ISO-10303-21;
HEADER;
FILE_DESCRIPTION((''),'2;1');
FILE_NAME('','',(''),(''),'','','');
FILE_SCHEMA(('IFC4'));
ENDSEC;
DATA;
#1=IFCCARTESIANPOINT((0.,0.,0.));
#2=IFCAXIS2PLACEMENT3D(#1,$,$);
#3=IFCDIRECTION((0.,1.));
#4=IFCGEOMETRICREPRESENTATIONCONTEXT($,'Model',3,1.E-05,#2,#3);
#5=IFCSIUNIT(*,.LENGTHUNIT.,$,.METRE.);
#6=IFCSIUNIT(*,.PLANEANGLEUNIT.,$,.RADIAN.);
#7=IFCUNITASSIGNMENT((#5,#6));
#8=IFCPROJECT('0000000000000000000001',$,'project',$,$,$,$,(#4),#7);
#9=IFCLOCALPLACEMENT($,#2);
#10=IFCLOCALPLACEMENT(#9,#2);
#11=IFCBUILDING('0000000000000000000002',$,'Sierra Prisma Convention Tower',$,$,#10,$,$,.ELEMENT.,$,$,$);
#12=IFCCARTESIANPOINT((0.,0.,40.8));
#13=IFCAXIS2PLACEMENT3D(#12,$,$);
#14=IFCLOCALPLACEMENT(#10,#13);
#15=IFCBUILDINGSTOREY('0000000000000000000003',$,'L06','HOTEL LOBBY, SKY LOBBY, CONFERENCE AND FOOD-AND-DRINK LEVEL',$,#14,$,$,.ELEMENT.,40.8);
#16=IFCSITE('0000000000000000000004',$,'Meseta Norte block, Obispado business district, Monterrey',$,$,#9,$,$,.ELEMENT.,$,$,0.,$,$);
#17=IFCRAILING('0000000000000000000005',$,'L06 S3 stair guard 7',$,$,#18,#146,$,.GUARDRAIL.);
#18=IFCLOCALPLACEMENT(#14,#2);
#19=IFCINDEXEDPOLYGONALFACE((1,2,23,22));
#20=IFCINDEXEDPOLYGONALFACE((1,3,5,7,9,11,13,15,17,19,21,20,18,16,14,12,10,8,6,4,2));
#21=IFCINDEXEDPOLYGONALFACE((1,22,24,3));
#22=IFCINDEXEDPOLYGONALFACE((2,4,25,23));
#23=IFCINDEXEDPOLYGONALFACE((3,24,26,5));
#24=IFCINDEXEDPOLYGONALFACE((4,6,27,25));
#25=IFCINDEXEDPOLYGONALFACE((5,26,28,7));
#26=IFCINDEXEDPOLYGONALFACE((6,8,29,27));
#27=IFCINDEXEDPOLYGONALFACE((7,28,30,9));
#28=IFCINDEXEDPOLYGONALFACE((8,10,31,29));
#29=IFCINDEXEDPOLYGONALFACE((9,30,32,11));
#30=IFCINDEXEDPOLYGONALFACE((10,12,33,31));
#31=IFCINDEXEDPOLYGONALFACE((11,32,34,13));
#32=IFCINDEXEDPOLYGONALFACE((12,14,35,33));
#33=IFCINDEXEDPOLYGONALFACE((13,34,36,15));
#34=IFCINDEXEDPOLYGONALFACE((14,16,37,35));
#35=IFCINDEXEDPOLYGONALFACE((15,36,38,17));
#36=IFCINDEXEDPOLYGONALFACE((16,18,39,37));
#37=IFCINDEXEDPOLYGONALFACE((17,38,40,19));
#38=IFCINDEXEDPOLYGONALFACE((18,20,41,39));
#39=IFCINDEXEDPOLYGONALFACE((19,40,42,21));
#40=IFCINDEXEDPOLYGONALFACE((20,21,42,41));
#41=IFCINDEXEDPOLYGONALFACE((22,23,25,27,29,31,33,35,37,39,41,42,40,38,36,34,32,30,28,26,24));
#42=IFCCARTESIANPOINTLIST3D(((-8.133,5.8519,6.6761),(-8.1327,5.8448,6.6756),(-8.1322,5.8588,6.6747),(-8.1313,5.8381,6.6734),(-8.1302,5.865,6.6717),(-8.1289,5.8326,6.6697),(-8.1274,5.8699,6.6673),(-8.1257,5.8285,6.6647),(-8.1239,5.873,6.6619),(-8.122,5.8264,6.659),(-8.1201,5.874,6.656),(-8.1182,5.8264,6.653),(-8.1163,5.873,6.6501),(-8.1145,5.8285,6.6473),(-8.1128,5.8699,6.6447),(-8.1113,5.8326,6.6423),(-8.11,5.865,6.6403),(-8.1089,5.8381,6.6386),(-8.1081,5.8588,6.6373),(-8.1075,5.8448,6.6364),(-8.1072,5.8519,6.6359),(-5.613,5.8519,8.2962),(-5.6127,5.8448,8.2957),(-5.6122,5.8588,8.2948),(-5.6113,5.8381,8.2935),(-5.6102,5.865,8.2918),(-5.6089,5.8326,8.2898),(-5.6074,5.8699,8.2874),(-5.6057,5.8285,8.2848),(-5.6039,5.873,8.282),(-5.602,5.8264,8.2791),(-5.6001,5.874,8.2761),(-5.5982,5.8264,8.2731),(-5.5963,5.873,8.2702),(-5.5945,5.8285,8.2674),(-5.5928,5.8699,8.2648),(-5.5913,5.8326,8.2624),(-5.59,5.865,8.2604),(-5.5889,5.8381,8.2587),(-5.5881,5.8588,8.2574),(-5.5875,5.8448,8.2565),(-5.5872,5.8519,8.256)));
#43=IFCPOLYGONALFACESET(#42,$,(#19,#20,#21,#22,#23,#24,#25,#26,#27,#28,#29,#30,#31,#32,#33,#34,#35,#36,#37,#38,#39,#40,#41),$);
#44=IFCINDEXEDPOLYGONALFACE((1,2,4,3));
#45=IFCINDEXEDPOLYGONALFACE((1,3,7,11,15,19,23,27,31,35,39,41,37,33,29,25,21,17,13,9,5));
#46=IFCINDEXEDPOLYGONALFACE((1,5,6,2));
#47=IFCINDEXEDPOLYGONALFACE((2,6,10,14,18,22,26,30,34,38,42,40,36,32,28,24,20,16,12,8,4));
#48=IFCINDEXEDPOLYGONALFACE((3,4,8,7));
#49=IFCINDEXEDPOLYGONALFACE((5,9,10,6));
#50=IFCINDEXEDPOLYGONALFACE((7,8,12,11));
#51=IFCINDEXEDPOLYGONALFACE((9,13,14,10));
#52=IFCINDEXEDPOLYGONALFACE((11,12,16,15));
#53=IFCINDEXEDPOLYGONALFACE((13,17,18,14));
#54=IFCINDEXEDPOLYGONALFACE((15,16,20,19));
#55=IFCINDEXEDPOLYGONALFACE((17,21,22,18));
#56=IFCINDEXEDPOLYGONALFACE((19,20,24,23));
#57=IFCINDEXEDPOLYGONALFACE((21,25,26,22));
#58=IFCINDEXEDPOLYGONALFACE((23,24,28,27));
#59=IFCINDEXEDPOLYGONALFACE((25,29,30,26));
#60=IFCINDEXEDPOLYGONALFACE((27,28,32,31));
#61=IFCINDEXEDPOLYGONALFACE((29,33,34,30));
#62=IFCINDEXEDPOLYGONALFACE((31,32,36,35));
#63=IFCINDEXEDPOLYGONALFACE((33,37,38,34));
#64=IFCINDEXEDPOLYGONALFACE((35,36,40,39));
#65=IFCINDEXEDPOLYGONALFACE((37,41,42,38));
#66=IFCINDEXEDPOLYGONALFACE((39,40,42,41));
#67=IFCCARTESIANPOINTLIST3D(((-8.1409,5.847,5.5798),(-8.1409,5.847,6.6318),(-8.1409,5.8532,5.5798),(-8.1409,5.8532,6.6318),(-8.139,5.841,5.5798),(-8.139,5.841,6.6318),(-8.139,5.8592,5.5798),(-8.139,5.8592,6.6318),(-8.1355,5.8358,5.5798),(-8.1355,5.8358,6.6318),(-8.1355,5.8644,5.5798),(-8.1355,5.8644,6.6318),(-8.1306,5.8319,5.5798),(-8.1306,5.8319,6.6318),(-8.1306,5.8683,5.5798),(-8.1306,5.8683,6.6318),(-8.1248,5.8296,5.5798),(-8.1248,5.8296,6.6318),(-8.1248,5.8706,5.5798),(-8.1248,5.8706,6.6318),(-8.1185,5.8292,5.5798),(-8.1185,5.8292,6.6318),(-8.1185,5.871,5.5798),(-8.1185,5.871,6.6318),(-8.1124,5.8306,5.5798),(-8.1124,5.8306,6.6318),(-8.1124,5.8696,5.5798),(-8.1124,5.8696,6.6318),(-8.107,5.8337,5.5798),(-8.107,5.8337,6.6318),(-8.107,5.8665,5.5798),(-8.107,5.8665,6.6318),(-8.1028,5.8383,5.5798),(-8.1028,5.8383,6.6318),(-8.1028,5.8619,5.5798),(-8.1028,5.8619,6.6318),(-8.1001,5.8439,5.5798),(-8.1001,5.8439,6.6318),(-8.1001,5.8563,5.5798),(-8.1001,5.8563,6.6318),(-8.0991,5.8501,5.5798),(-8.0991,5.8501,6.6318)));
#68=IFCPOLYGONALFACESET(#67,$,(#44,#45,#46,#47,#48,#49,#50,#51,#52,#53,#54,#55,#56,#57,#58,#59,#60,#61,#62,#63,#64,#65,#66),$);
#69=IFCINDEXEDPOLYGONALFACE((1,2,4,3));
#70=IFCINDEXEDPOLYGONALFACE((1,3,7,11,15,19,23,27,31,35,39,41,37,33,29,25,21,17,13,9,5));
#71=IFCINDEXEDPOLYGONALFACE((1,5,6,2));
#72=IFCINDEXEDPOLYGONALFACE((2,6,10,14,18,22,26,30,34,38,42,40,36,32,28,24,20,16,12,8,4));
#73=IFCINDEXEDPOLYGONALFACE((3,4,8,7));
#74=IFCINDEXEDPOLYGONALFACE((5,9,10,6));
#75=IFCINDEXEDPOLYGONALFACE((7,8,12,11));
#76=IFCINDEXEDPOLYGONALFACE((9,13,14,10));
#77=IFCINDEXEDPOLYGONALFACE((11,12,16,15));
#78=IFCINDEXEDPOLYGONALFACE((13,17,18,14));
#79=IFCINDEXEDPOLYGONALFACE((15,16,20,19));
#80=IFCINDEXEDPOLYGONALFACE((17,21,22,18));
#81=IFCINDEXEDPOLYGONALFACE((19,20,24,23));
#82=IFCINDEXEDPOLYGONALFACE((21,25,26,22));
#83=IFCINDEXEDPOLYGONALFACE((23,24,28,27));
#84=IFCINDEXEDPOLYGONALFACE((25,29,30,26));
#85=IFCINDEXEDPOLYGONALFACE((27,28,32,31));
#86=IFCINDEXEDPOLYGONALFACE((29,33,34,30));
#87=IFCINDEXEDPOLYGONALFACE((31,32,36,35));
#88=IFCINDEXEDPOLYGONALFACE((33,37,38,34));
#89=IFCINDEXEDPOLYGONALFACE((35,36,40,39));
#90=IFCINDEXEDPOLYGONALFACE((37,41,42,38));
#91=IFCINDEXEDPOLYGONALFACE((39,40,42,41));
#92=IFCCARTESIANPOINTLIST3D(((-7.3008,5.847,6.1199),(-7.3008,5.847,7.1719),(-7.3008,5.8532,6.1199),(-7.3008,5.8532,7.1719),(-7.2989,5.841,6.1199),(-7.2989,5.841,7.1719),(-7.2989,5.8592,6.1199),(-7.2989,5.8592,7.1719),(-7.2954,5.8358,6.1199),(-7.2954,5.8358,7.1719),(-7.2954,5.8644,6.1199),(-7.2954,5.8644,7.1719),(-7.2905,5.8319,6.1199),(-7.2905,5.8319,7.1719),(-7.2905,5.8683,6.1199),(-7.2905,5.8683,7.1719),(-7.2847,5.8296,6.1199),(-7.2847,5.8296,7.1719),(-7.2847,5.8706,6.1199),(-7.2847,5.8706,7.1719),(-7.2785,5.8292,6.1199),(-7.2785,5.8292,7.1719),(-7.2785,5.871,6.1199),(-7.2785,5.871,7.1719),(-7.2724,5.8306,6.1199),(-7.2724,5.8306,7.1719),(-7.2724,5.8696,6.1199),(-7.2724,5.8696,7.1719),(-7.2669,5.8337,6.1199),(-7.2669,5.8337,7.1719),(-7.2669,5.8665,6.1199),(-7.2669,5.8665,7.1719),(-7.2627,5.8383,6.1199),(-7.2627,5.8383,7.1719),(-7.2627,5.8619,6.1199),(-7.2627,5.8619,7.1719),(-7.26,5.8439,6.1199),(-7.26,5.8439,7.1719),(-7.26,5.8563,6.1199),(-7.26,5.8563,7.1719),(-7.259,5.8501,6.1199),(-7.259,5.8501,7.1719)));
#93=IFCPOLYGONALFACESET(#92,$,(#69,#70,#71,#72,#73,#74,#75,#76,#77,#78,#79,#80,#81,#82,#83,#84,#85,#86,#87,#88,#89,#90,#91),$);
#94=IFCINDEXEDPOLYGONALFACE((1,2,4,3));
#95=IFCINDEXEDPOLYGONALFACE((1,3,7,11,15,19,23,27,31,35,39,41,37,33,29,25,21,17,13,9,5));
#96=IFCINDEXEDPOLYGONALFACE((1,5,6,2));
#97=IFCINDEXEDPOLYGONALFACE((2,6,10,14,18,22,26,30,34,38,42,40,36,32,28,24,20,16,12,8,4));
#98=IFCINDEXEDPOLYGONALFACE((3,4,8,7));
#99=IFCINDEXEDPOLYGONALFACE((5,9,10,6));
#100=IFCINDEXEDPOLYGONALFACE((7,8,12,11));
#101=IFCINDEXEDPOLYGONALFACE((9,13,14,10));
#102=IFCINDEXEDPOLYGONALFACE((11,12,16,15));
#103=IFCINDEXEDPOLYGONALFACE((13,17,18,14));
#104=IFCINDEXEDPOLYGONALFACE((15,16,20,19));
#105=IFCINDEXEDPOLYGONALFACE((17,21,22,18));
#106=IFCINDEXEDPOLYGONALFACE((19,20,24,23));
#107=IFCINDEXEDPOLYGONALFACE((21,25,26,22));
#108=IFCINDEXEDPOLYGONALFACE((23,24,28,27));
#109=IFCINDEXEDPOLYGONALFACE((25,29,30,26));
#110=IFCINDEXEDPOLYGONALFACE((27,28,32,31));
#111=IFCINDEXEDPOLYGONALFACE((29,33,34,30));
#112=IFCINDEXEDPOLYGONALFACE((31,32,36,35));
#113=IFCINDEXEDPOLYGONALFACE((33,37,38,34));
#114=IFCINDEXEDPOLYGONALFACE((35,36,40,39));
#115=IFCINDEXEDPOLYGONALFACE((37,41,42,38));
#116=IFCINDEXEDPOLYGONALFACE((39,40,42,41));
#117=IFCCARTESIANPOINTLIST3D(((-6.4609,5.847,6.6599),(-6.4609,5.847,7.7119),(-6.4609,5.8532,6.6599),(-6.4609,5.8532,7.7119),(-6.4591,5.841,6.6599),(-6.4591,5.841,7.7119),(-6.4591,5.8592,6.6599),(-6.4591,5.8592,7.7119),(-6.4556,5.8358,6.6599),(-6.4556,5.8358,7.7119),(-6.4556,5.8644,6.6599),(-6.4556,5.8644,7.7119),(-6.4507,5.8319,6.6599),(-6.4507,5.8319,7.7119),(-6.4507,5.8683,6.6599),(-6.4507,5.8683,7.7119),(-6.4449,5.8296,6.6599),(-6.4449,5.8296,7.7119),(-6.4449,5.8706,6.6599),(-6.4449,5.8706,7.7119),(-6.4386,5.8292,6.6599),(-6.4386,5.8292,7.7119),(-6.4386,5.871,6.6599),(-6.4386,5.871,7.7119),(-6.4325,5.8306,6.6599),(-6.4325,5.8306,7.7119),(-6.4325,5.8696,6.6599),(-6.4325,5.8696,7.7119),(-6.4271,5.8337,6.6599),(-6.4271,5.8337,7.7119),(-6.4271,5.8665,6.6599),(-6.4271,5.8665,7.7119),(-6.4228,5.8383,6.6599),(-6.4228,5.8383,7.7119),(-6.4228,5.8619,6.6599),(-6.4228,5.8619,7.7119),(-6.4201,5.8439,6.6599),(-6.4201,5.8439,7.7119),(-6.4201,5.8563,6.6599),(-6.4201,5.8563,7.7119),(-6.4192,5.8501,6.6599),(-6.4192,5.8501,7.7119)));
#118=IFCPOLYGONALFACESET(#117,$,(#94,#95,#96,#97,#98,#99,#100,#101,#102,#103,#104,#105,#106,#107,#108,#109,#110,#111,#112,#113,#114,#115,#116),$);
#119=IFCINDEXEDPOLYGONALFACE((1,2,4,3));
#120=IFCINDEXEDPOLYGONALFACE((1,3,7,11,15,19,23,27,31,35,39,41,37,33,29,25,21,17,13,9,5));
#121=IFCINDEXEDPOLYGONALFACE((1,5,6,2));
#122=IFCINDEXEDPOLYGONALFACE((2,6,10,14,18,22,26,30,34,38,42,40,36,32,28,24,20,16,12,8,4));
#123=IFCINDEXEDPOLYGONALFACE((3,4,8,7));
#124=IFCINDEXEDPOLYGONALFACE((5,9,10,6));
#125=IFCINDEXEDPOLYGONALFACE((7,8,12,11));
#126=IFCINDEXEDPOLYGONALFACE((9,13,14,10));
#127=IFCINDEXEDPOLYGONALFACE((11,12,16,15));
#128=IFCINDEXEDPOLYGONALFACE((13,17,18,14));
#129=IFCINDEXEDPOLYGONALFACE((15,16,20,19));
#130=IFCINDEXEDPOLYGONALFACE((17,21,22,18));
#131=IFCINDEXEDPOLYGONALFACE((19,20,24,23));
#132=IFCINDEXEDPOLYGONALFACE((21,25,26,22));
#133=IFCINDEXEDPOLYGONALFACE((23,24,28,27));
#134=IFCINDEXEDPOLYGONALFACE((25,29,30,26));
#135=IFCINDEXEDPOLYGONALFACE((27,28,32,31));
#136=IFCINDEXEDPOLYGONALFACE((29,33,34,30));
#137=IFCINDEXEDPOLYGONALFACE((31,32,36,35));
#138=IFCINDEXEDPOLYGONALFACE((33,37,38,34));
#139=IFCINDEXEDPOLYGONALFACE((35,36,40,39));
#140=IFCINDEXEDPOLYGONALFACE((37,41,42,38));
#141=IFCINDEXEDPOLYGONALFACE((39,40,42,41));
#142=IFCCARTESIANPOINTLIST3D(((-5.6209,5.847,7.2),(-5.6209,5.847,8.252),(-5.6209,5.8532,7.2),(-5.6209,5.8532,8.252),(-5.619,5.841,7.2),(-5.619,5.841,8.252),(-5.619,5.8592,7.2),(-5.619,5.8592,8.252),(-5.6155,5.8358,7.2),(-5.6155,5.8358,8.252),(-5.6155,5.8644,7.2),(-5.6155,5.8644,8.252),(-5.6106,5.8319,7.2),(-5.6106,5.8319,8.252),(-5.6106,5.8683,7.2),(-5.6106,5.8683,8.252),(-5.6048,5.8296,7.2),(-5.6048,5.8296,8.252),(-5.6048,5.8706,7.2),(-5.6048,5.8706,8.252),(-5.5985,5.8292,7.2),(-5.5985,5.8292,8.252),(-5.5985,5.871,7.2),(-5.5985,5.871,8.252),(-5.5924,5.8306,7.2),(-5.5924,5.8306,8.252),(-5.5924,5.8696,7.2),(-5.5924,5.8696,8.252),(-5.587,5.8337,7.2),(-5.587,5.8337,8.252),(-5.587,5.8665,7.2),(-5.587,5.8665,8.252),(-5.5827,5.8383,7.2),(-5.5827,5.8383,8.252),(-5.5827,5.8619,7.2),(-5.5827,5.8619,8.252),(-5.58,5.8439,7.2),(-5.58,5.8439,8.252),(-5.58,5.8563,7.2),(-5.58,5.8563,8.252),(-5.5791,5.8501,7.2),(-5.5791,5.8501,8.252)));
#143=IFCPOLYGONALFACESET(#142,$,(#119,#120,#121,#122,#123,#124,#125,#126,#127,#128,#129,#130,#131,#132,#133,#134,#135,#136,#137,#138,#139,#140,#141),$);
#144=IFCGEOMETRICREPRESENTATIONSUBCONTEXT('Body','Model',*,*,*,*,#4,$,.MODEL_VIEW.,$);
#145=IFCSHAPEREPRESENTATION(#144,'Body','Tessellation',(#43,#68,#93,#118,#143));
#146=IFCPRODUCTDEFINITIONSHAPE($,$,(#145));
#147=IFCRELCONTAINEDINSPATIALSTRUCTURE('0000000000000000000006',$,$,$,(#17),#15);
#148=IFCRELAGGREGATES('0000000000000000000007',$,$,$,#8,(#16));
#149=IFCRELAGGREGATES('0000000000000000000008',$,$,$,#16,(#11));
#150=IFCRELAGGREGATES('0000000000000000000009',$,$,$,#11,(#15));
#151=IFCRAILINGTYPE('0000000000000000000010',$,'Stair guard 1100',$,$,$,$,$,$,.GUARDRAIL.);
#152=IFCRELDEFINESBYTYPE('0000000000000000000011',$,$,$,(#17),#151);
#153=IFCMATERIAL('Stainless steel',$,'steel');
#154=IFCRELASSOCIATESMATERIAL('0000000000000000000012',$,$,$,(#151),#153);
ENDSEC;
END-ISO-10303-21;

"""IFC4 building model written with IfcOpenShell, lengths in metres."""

from ifc_helpers import new_model, si_unit, direction, frame, origin, origin_2d, place, context, subcontext, project, spatial, circle, extrude, material, type_object, element, save


model = new_model("IFC4")

# Units and contexts
model_context = context("Model", 3, precision=1e-05, world=origin(), true_north=direction((0.0, 1.0)))
body_context = subcontext(model_context, "Body", "Model", "MODEL_VIEW")
ifc_project = project(units=[si_unit("LENGTHUNIT", "METRE"), si_unit("PLANEANGLEUNIT", "RADIAN")], contexts=[model_context])

# Site, building, storey
site_placement = place(None, origin())
site = spatial("IfcSite", under=ifc_project, at=site_placement, Name="Meseta Norte block, Obispado business district, Monterrey", CompositionType="ELEMENT", RefElevation=0.0)
building_placement = place(site_placement, origin())
building = spatial("IfcBuilding", under=site, at=building_placement, Name="Sierra Prisma Convention Tower", CompositionType="ELEMENT")
storey_placement = place(building_placement, frame((0.0, 0.0, 40.8)))
storey = spatial("IfcBuildingStorey", under=building, at=storey_placement, Name="L06", Description="HOTEL LOBBY, SKY LOBBY, CONFERENCE AND FOOD-AND-DRINK LEVEL", CompositionType="ELEMENT", Elevation=40.8)

# Railing
ifc_material_1 = material(Name="Stainless steel", Category="steel")
railing_type_1 = type_object("IfcRailingType", Name="Stair guard 1100", PredefinedType="GUARDRAIL", material=ifc_material_1)
railing_1_placement = place(storey_placement, frame((-8.1201, 5.8501, 5.5798)))
element("IfcRailing", 1, at=railing_1_placement, inside=storey, type_object=railing_type_1, Name="L06 S3 stair guard 7", PredefinedType="GUARDRAIL", context=body_context, shape_type="SweptSolid", body=[
    extrude(circle(Radius=0.0239, at=origin_2d()), frame((0.0, 0.0, 1.0762), z_axis=(0.841163, 0.0, 0.540782), x_axis=(0.0, 1.0, 0.0)), (0.0, 0.0, 1.0), 2.9958),
    extrude(circle(Radius=0.021, at=origin_2d()), origin(), (0.0, 0.0, 1.0), 1.052),
    extrude(circle(Radius=0.021, at=origin_2d()), frame((0.8401, 0.0, 0.54)), (0.0, 0.0, 1.0), 1.052),
    extrude(circle(Radius=0.021, at=origin_2d()), frame((1.6799, 0.0, 1.0801)), (0.0, 0.0, 1.0), 1.052),
    extrude(circle(Radius=0.021, at=origin_2d()), frame((2.52, 0.0, 1.6201)), (0.0, 0.0, 1.0), 1.052),
])

save(model, "model.ifc")
